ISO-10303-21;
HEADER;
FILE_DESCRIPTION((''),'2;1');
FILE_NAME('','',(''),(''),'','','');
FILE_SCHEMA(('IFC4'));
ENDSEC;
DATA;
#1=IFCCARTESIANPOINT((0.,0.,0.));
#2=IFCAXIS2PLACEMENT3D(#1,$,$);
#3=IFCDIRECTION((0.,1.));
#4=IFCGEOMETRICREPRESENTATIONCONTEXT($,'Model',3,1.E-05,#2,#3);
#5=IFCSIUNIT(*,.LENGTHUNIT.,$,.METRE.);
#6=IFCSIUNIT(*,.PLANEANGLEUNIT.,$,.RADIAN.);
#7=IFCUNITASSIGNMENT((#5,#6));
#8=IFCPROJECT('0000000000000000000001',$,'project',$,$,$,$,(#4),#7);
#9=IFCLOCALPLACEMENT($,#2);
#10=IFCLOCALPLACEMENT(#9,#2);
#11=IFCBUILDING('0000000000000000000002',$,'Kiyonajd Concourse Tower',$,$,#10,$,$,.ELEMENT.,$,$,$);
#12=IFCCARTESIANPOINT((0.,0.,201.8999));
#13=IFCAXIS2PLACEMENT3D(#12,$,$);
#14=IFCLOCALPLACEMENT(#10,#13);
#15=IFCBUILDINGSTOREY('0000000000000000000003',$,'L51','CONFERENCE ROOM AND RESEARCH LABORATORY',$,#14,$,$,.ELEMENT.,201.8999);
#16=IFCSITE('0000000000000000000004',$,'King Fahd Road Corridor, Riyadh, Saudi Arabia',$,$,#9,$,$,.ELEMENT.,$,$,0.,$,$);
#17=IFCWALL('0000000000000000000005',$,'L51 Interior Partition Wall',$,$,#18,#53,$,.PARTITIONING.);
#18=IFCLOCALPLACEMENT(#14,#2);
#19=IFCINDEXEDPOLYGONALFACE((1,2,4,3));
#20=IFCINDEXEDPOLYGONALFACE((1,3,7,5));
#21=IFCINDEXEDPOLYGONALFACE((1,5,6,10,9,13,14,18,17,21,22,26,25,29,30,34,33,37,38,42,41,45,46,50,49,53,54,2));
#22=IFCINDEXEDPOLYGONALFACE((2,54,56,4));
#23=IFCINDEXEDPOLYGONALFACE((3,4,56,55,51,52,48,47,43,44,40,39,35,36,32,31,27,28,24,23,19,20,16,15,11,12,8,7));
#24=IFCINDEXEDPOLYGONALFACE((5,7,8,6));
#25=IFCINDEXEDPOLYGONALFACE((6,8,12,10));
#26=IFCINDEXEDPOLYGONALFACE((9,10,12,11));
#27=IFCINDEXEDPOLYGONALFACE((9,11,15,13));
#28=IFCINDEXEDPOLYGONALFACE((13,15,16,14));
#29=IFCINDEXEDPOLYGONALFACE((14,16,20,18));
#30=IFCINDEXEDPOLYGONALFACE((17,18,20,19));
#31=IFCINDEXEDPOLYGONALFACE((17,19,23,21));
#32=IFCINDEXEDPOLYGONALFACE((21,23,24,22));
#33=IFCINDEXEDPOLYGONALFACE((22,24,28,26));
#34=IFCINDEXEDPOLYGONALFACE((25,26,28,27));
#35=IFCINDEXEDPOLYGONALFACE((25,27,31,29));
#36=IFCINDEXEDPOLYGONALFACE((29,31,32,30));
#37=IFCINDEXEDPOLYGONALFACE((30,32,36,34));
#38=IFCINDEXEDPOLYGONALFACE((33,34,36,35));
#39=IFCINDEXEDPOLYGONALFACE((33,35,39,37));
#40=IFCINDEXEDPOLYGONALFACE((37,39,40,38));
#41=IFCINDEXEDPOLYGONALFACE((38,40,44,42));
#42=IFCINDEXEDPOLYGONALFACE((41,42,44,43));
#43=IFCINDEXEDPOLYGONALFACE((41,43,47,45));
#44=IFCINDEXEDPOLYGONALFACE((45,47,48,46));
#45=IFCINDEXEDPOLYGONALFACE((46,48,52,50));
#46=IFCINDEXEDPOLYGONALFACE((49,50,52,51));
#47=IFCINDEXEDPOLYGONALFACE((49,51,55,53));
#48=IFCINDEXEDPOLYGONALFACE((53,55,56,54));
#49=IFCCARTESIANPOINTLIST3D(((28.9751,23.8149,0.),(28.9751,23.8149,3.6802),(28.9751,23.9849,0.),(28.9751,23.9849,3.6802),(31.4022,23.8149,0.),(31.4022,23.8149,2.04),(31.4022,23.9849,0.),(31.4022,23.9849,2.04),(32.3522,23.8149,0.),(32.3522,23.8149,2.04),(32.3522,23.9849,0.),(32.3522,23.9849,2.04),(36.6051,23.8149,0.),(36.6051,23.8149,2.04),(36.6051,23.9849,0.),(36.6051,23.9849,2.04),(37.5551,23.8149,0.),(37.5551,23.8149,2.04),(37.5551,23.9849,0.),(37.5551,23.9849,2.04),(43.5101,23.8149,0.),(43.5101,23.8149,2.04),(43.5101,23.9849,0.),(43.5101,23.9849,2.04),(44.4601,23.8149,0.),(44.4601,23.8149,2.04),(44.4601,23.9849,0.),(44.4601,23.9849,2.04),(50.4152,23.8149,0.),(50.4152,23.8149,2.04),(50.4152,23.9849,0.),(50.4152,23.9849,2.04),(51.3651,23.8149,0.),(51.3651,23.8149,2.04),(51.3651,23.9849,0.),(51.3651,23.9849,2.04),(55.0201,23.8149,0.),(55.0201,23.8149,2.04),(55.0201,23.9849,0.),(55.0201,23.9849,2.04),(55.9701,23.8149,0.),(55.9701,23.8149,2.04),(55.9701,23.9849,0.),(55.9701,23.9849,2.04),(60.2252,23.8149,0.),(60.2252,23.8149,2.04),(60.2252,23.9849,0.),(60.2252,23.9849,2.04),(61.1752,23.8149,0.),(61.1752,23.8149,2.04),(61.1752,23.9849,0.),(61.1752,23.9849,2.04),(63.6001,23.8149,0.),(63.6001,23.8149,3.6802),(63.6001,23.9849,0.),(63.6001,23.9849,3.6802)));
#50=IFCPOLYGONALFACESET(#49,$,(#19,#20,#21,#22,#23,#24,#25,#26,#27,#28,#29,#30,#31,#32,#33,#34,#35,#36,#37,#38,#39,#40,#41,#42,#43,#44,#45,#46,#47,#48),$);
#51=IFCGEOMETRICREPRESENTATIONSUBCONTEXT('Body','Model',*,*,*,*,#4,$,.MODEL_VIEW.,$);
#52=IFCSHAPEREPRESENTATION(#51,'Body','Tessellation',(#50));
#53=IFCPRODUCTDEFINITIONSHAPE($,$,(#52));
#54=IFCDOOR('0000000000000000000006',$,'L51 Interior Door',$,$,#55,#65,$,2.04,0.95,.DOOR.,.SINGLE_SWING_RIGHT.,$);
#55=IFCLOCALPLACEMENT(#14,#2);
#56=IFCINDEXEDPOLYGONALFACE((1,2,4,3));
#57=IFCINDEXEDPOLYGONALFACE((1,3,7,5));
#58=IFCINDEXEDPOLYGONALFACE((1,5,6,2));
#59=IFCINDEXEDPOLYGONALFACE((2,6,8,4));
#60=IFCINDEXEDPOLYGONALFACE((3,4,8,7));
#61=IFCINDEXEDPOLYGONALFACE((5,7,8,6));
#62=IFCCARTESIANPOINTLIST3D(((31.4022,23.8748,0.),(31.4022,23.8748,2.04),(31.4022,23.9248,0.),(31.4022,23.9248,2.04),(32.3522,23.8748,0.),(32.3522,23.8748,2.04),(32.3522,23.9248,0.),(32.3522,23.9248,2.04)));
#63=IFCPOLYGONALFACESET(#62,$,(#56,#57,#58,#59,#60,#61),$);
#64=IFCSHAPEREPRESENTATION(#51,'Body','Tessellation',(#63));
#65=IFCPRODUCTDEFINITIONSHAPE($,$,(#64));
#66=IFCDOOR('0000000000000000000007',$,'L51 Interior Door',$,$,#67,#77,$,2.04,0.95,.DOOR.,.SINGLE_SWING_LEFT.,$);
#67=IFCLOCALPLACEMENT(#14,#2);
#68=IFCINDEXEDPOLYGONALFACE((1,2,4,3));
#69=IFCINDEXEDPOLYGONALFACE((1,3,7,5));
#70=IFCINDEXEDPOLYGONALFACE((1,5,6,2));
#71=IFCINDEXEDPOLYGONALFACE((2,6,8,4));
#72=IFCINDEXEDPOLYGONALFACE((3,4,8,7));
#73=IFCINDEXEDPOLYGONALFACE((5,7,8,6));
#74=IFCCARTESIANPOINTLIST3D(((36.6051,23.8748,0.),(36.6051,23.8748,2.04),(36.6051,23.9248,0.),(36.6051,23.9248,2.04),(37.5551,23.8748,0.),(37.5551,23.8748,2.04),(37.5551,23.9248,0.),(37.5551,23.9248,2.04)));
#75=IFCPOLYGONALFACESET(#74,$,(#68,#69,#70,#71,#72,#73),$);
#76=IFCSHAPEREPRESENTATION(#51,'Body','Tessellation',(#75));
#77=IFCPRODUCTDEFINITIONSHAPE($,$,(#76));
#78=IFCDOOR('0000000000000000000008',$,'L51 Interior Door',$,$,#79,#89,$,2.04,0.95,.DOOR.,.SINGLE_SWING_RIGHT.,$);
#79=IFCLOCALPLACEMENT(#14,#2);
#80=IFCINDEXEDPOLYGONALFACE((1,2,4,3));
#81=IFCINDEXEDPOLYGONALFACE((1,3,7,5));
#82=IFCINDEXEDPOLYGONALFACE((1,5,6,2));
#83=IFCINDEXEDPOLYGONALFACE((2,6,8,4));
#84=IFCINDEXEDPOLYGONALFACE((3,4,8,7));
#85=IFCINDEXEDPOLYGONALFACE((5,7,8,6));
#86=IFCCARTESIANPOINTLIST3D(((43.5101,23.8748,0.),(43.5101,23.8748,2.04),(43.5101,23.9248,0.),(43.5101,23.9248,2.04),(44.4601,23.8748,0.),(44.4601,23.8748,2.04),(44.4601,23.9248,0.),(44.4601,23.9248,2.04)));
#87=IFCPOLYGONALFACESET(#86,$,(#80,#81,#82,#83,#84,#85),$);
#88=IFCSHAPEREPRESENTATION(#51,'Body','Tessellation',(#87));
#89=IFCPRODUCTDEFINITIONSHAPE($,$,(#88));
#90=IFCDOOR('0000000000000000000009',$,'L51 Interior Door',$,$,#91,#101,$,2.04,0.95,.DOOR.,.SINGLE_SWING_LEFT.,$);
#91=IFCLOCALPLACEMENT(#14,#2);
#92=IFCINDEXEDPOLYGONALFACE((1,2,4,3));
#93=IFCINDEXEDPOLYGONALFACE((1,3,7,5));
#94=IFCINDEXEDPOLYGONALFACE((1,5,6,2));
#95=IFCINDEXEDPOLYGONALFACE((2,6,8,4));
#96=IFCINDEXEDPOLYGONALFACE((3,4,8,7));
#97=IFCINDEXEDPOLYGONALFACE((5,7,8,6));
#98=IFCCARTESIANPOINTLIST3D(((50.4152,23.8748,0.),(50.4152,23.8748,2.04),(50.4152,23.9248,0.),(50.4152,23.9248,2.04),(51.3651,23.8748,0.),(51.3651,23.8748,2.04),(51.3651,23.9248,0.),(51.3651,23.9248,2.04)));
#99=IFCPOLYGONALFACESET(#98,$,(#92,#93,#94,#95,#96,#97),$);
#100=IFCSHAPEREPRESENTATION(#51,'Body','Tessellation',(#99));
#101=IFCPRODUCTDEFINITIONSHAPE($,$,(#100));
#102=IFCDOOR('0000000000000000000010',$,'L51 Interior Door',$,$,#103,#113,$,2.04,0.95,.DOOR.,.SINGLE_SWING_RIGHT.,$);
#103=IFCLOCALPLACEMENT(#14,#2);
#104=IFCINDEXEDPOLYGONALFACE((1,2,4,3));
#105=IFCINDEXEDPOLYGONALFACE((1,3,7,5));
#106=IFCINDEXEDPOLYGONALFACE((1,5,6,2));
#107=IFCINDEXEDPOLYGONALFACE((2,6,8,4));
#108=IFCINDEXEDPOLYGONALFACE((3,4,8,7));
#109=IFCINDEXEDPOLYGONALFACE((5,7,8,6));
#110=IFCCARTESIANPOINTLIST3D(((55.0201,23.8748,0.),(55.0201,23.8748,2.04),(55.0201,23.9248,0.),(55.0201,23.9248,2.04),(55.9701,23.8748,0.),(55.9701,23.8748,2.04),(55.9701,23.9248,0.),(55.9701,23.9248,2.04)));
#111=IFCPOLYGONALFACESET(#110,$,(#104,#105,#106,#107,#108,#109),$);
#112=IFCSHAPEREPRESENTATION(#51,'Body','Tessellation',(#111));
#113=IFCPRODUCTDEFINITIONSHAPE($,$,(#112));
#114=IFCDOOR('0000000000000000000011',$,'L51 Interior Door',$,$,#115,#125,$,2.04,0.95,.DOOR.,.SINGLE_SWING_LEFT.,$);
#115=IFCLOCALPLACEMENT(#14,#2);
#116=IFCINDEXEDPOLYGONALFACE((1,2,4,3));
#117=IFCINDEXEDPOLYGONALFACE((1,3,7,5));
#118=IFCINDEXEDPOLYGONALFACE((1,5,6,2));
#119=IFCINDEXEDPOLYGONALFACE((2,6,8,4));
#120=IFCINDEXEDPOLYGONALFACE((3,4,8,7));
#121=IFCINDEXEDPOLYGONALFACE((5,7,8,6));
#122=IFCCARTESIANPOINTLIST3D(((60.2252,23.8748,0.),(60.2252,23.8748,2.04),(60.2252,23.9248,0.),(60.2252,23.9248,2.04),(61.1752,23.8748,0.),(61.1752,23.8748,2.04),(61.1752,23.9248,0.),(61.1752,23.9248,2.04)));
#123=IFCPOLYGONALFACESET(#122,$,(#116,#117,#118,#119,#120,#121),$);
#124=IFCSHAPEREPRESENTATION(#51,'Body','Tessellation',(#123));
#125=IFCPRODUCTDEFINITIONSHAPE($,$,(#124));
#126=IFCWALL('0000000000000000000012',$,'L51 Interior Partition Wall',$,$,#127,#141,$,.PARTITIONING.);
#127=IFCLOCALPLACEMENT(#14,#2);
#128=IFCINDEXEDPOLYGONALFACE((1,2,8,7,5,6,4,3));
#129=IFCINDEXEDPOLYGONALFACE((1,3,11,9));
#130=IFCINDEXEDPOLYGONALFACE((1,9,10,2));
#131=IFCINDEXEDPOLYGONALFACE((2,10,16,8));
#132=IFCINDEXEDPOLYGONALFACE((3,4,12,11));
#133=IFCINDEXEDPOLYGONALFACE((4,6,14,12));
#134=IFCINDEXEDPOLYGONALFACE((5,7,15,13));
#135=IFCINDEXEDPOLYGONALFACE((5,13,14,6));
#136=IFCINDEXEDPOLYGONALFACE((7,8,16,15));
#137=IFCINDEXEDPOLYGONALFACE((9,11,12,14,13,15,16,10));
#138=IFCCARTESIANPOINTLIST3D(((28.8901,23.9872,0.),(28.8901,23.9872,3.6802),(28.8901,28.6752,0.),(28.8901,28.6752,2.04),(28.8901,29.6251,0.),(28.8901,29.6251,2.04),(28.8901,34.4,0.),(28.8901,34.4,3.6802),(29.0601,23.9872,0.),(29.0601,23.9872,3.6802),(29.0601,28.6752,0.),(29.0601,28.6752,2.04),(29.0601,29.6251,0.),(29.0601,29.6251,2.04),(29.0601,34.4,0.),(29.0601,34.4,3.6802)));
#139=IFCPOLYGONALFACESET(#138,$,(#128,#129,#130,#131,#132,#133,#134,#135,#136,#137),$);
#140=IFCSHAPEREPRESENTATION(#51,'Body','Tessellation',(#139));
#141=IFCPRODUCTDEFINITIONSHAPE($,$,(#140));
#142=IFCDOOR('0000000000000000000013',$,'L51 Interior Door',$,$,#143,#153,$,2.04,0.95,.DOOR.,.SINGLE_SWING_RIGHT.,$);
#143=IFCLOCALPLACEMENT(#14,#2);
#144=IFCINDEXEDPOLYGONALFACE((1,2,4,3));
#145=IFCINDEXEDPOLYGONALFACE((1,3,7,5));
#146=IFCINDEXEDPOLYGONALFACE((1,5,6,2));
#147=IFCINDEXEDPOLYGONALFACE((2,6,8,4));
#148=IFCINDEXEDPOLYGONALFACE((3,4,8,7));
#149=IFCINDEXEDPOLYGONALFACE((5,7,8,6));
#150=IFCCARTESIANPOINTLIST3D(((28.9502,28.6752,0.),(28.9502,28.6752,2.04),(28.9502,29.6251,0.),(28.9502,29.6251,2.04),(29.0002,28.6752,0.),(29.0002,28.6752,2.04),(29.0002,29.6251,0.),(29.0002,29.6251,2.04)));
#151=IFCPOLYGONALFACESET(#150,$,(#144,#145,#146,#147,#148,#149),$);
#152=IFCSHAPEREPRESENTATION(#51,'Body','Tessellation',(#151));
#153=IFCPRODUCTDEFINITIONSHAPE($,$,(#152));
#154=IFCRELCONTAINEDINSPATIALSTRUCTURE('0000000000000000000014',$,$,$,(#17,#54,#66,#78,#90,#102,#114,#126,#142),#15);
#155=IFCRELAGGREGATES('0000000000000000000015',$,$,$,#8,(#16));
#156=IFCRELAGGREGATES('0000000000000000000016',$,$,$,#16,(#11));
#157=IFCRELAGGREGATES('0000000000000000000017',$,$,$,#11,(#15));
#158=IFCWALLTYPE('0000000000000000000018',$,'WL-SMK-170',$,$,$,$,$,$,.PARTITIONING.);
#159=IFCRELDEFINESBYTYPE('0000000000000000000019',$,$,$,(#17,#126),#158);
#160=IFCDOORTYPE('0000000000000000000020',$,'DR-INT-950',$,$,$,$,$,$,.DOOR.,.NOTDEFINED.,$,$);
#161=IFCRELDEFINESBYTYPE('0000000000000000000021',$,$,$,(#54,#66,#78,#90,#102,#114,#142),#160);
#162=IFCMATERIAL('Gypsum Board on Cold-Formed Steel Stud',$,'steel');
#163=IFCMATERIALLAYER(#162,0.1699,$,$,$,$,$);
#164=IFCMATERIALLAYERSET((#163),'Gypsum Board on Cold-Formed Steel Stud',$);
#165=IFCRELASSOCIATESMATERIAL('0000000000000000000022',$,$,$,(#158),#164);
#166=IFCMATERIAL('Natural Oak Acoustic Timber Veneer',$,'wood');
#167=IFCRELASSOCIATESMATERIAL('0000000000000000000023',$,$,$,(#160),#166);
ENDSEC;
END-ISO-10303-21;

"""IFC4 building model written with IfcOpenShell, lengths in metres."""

from ifc_helpers import new_model, si_unit, direction, frame, frame_2d, origin, place, context, subcontext, project, spatial, rectangle, extrude, material, layer, layer_set, type_object, element, fill, save


model = new_model("IFC4")

# Units and contexts
model_context = context("Model", 3, precision=1e-05, world=origin(), true_north=direction((0.0, 1.0)))
body_context = subcontext(model_context, "Body", "Model", "MODEL_VIEW")
ifc_project = project(units=[si_unit("LENGTHUNIT", "METRE"), si_unit("PLANEANGLEUNIT", "RADIAN")], contexts=[model_context])

# Site, building, storey
site_placement = place(None, origin())
site = spatial("IfcSite", under=ifc_project, at=site_placement, Name="King Fahd Road Corridor, Riyadh, Saudi Arabia", CompositionType="ELEMENT", RefElevation=0.0)
building_placement = place(site_placement, origin())
building = spatial("IfcBuilding", under=site, at=building_placement, Name="Kiyonajd Concourse Tower", CompositionType="ELEMENT")
storey_placement = place(building_placement, frame((0.0, 0.0, 201.8999)))
storey = spatial("IfcBuildingStorey", under=building, at=storey_placement, Name="L51", Description="CONFERENCE ROOM AND RESEARCH LABORATORY", CompositionType="ELEMENT", Elevation=201.8999)

# Shared definitions
ifc_material_1 = material(Name="Gypsum Board on Cold-Formed Steel Stud", Category="steel")

# Wall, openings, doors
ifc_layer_1 = layer(ifc_material_1, 0.1699)
ifc_layer_set_1 = layer_set([ifc_layer_1], Name="Gypsum Board on Cold-Formed Steel Stud")
wall_type_1 = type_object("IfcWallType", Name="WL-SMK-170", PredefinedType="PARTITIONING", material=ifc_layer_set_1)
wall_1_placement = place(storey_placement, frame((28.9751, 23.8999, 0.0), z_axis=(0.0, 0.0, 1.0), x_axis=(1.0, 0.0, 0.0)))
wall_1 = element("IfcWall", 1, at=wall_1_placement, inside=storey, type_object=wall_type_1, Name="L51 Interior Partition Wall", PredefinedType="PARTITIONING", context=body_context, shape_type="SweptSolid", body=[
    extrude(rectangle(XDim=34.625, YDim=0.1699, at=frame_2d((17.3125, 0.0))), origin(), (0.0, 0.0, 1.0), 3.6802),
])
opening_1_placement = place(wall_1_placement, frame((2.427, 0.0, 0.0)))
opening_1 = element("IfcOpeningElement", 2, at=opening_1_placement, cuts=wall_1, PredefinedType="OPENING", context=body_context, shape_type="SweptSolid", body=[
    extrude(rectangle(XDim=0.95, YDim=2.04, at=frame_2d((0.4751, 1.02))), frame((0.0, 0.095, 0.0), z_axis=(0.0, -1.0, 0.0), x_axis=(1.0, 0.0, 0.0)), (0.0, 0.0, 1.0), 0.1899),
])
opening_2_placement = place(wall_1_placement, frame((7.6299, 0.0, 0.0)))
opening_2 = element("IfcOpeningElement", 3, at=opening_2_placement, cuts=wall_1, PredefinedType="OPENING", context=body_context, shape_type="SweptSolid", body=[
    extrude(rectangle(XDim=0.95, YDim=2.04, at=frame_2d((0.4751, 1.02))), frame((0.0, 0.095, 0.0), z_axis=(0.0, -1.0, 0.0), x_axis=(1.0, 0.0, 0.0)), (0.0, 0.0, 1.0), 0.1899),
])
opening_3_placement = place(wall_1_placement, frame((14.5349, 0.0, 0.0)))
opening_3 = element("IfcOpeningElement", 4, at=opening_3_placement, cuts=wall_1, PredefinedType="OPENING", context=body_context, shape_type="SweptSolid", body=[
    extrude(rectangle(XDim=0.95, YDim=2.04, at=frame_2d((0.4751, 1.02))), frame((0.0, 0.095, 0.0), z_axis=(0.0, -1.0, 0.0), x_axis=(1.0, 0.0, 0.0)), (0.0, 0.0, 1.0), 0.1899),
])
opening_4_placement = place(wall_1_placement, frame((21.4399, 0.0, 0.0)))
opening_4 = element("IfcOpeningElement", 5, at=opening_4_placement, cuts=wall_1, PredefinedType="OPENING", context=body_context, shape_type="SweptSolid", body=[
    extrude(rectangle(XDim=0.95, YDim=2.04, at=frame_2d((0.4751, 1.02))), frame((0.0, 0.095, 0.0), z_axis=(0.0, -1.0, 0.0), x_axis=(1.0, 0.0, 0.0)), (0.0, 0.0, 1.0), 0.1899),
])
opening_5_placement = place(wall_1_placement, frame((26.0449, 0.0, 0.0)))
opening_5 = element("IfcOpeningElement", 6, at=opening_5_placement, cuts=wall_1, PredefinedType="OPENING", context=body_context, shape_type="SweptSolid", body=[
    extrude(rectangle(XDim=0.95, YDim=2.04, at=frame_2d((0.4751, 1.02))), frame((0.0, 0.095, 0.0), z_axis=(0.0, -1.0, 0.0), x_axis=(1.0, 0.0, 0.0)), (0.0, 0.0, 1.0), 0.1899),
])
opening_6_placement = place(wall_1_placement, frame((31.25, 0.0, 0.0)))
opening_6 = element("IfcOpeningElement", 7, at=opening_6_placement, cuts=wall_1, PredefinedType="OPENING", context=body_context, shape_type="SweptSolid", body=[
    extrude(rectangle(XDim=0.95, YDim=2.04, at=frame_2d((0.4751, 1.02))), frame((0.0, 0.095, 0.0), z_axis=(0.0, -1.0, 0.0), x_axis=(1.0, 0.0, 0.0)), (0.0, 0.0, 1.0), 0.1899),
])
ifc_material_2 = material(Name="Natural Oak Acoustic Timber Veneer", Category="wood")
door_type_1 = type_object("IfcDoorType", Name="DR-INT-950", OperationType="NOTDEFINED", PredefinedType="DOOR", material=ifc_material_2)
door_1_placement = place(opening_1_placement, origin())
door_1 = element("IfcDoor", 8, at=door_1_placement, inside=storey, type_object=door_type_1, Name="L51 Interior Door", OperationType="SINGLE_SWING_RIGHT", OverallHeight=2.04, OverallWidth=0.95, PredefinedType="DOOR", context=body_context, shape_type="SweptSolid", body=[
    extrude(rectangle(XDim=0.95, YDim=2.04, at=frame_2d((0.4751, 1.02))), frame((0.0, 0.0249, 0.0), z_axis=(0.0, -1.0, 0.0), x_axis=(1.0, 0.0, 0.0)), (0.0, 0.0, 1.0), 0.05),
])
fill(opening_1, door_1)
door_2_placement = place(opening_2_placement, origin())
door_2 = element("IfcDoor", 9, at=door_2_placement, inside=storey, type_object=door_type_1, Name="L51 Interior Door", OperationType="SINGLE_SWING_LEFT", OverallHeight=2.04, OverallWidth=0.95, PredefinedType="DOOR", context=body_context, shape_type="SweptSolid", body=[
    extrude(rectangle(XDim=0.95, YDim=2.04, at=frame_2d((0.4751, 1.02))), frame((0.0, 0.0249, 0.0), z_axis=(0.0, -1.0, 0.0), x_axis=(1.0, 0.0, 0.0)), (0.0, 0.0, 1.0), 0.05),
])
fill(opening_2, door_2)
door_3_placement = place(opening_3_placement, origin())
door_3 = element("IfcDoor", 10, at=door_3_placement, inside=storey, type_object=door_type_1, Name="L51 Interior Door", OperationType="SINGLE_SWING_RIGHT", OverallHeight=2.04, OverallWidth=0.95, PredefinedType="DOOR", context=body_context, shape_type="SweptSolid", body=[
    extrude(rectangle(XDim=0.95, YDim=2.04, at=frame_2d((0.4751, 1.02))), frame((0.0, 0.0249, 0.0), z_axis=(0.0, -1.0, 0.0), x_axis=(1.0, 0.0, 0.0)), (0.0, 0.0, 1.0), 0.05),
])
fill(opening_3, door_3)
door_4_placement = place(opening_4_placement, origin())
door_4 = element("IfcDoor", 11, at=door_4_placement, inside=storey, type_object=door_type_1, Name="L51 Interior Door", OperationType="SINGLE_SWING_LEFT", OverallHeight=2.04, OverallWidth=0.95, PredefinedType="DOOR", context=body_context, shape_type="SweptSolid", body=[
    extrude(rectangle(XDim=0.95, YDim=2.04, at=frame_2d((0.4751, 1.02))), frame((0.0, 0.0249, 0.0), z_axis=(0.0, -1.0, 0.0), x_axis=(1.0, 0.0, 0.0)), (0.0, 0.0, 1.0), 0.05),
])
fill(opening_4, door_4)
door_5_placement = place(opening_5_placement, origin())
door_5 = element("IfcDoor", 12, at=door_5_placement, inside=storey, type_object=door_type_1, Name="L51 Interior Door", OperationType="SINGLE_SWING_RIGHT", OverallHeight=2.04, OverallWidth=0.95, PredefinedType="DOOR", context=body_context, shape_type="SweptSolid", body=[
    extrude(rectangle(XDim=0.95, YDim=2.04, at=frame_2d((0.4751, 1.02))), frame((0.0, 0.0249, 0.0), z_axis=(0.0, -1.0, 0.0), x_axis=(1.0, 0.0, 0.0)), (0.0, 0.0, 1.0), 0.05),
])
fill(opening_5, door_5)
door_6_placement = place(opening_6_placement, origin())
door_6 = element("IfcDoor", 13, at=door_6_placement, inside=storey, type_object=door_type_1, Name="L51 Interior Door", OperationType="SINGLE_SWING_LEFT", OverallHeight=2.04, OverallWidth=0.95, PredefinedType="DOOR", context=body_context, shape_type="SweptSolid", body=[
    extrude(rectangle(XDim=0.95, YDim=2.04, at=frame_2d((0.4751, 1.02))), frame((0.0, 0.0249, 0.0), z_axis=(0.0, -1.0, 0.0), x_axis=(1.0, 0.0, 0.0)), (0.0, 0.0, 1.0), 0.05),
])
fill(opening_6, door_6)

# Wall, opening, door
wall_2_placement = place(storey_placement, frame((28.9751, 23.9871, 0.0), z_axis=(0.0, 0.0, 1.0), x_axis=(0.0, 1.0, 0.0)))
wall_2 = element("IfcWall", 14, at=wall_2_placement, inside=storey, type_object=wall_type_1, Name="L51 Interior Partition Wall", PredefinedType="PARTITIONING", context=body_context, shape_type="SweptSolid", body=[
    extrude(rectangle(XDim=10.4128, YDim=0.1699, at=frame_2d((5.2065, 0.0))), origin(), (0.0, 0.0, 1.0), 3.6802),
])
opening_7_placement = place(wall_2_placement, frame((4.688, 0.0, 0.0)))
opening_7 = element("IfcOpeningElement", 15, at=opening_7_placement, cuts=wall_2, PredefinedType="OPENING", context=body_context, shape_type="SweptSolid", body=[
    extrude(rectangle(XDim=0.95, YDim=2.04, at=frame_2d((0.4751, 1.02))), frame((0.0, 0.095, 0.0), z_axis=(0.0, -1.0, 0.0), x_axis=(1.0, 0.0, 0.0)), (0.0, 0.0, 1.0), 0.1899),
])
door_7_placement = place(opening_7_placement, origin())
door_7 = element("IfcDoor", 16, at=door_7_placement, inside=storey, type_object=door_type_1, Name="L51 Interior Door", OperationType="SINGLE_SWING_RIGHT", OverallHeight=2.04, OverallWidth=0.95, PredefinedType="DOOR", context=body_context, shape_type="SweptSolid", body=[
    extrude(rectangle(XDim=0.95, YDim=2.04, at=frame_2d((0.4751, 1.02))), frame((0.0, 0.0249, 0.0), z_axis=(0.0, -1.0, 0.0), x_axis=(1.0, 0.0, 0.0)), (0.0, 0.0, 1.0), 0.05),
])
fill(opening_7, door_7)

save(model, "model.ifc")
